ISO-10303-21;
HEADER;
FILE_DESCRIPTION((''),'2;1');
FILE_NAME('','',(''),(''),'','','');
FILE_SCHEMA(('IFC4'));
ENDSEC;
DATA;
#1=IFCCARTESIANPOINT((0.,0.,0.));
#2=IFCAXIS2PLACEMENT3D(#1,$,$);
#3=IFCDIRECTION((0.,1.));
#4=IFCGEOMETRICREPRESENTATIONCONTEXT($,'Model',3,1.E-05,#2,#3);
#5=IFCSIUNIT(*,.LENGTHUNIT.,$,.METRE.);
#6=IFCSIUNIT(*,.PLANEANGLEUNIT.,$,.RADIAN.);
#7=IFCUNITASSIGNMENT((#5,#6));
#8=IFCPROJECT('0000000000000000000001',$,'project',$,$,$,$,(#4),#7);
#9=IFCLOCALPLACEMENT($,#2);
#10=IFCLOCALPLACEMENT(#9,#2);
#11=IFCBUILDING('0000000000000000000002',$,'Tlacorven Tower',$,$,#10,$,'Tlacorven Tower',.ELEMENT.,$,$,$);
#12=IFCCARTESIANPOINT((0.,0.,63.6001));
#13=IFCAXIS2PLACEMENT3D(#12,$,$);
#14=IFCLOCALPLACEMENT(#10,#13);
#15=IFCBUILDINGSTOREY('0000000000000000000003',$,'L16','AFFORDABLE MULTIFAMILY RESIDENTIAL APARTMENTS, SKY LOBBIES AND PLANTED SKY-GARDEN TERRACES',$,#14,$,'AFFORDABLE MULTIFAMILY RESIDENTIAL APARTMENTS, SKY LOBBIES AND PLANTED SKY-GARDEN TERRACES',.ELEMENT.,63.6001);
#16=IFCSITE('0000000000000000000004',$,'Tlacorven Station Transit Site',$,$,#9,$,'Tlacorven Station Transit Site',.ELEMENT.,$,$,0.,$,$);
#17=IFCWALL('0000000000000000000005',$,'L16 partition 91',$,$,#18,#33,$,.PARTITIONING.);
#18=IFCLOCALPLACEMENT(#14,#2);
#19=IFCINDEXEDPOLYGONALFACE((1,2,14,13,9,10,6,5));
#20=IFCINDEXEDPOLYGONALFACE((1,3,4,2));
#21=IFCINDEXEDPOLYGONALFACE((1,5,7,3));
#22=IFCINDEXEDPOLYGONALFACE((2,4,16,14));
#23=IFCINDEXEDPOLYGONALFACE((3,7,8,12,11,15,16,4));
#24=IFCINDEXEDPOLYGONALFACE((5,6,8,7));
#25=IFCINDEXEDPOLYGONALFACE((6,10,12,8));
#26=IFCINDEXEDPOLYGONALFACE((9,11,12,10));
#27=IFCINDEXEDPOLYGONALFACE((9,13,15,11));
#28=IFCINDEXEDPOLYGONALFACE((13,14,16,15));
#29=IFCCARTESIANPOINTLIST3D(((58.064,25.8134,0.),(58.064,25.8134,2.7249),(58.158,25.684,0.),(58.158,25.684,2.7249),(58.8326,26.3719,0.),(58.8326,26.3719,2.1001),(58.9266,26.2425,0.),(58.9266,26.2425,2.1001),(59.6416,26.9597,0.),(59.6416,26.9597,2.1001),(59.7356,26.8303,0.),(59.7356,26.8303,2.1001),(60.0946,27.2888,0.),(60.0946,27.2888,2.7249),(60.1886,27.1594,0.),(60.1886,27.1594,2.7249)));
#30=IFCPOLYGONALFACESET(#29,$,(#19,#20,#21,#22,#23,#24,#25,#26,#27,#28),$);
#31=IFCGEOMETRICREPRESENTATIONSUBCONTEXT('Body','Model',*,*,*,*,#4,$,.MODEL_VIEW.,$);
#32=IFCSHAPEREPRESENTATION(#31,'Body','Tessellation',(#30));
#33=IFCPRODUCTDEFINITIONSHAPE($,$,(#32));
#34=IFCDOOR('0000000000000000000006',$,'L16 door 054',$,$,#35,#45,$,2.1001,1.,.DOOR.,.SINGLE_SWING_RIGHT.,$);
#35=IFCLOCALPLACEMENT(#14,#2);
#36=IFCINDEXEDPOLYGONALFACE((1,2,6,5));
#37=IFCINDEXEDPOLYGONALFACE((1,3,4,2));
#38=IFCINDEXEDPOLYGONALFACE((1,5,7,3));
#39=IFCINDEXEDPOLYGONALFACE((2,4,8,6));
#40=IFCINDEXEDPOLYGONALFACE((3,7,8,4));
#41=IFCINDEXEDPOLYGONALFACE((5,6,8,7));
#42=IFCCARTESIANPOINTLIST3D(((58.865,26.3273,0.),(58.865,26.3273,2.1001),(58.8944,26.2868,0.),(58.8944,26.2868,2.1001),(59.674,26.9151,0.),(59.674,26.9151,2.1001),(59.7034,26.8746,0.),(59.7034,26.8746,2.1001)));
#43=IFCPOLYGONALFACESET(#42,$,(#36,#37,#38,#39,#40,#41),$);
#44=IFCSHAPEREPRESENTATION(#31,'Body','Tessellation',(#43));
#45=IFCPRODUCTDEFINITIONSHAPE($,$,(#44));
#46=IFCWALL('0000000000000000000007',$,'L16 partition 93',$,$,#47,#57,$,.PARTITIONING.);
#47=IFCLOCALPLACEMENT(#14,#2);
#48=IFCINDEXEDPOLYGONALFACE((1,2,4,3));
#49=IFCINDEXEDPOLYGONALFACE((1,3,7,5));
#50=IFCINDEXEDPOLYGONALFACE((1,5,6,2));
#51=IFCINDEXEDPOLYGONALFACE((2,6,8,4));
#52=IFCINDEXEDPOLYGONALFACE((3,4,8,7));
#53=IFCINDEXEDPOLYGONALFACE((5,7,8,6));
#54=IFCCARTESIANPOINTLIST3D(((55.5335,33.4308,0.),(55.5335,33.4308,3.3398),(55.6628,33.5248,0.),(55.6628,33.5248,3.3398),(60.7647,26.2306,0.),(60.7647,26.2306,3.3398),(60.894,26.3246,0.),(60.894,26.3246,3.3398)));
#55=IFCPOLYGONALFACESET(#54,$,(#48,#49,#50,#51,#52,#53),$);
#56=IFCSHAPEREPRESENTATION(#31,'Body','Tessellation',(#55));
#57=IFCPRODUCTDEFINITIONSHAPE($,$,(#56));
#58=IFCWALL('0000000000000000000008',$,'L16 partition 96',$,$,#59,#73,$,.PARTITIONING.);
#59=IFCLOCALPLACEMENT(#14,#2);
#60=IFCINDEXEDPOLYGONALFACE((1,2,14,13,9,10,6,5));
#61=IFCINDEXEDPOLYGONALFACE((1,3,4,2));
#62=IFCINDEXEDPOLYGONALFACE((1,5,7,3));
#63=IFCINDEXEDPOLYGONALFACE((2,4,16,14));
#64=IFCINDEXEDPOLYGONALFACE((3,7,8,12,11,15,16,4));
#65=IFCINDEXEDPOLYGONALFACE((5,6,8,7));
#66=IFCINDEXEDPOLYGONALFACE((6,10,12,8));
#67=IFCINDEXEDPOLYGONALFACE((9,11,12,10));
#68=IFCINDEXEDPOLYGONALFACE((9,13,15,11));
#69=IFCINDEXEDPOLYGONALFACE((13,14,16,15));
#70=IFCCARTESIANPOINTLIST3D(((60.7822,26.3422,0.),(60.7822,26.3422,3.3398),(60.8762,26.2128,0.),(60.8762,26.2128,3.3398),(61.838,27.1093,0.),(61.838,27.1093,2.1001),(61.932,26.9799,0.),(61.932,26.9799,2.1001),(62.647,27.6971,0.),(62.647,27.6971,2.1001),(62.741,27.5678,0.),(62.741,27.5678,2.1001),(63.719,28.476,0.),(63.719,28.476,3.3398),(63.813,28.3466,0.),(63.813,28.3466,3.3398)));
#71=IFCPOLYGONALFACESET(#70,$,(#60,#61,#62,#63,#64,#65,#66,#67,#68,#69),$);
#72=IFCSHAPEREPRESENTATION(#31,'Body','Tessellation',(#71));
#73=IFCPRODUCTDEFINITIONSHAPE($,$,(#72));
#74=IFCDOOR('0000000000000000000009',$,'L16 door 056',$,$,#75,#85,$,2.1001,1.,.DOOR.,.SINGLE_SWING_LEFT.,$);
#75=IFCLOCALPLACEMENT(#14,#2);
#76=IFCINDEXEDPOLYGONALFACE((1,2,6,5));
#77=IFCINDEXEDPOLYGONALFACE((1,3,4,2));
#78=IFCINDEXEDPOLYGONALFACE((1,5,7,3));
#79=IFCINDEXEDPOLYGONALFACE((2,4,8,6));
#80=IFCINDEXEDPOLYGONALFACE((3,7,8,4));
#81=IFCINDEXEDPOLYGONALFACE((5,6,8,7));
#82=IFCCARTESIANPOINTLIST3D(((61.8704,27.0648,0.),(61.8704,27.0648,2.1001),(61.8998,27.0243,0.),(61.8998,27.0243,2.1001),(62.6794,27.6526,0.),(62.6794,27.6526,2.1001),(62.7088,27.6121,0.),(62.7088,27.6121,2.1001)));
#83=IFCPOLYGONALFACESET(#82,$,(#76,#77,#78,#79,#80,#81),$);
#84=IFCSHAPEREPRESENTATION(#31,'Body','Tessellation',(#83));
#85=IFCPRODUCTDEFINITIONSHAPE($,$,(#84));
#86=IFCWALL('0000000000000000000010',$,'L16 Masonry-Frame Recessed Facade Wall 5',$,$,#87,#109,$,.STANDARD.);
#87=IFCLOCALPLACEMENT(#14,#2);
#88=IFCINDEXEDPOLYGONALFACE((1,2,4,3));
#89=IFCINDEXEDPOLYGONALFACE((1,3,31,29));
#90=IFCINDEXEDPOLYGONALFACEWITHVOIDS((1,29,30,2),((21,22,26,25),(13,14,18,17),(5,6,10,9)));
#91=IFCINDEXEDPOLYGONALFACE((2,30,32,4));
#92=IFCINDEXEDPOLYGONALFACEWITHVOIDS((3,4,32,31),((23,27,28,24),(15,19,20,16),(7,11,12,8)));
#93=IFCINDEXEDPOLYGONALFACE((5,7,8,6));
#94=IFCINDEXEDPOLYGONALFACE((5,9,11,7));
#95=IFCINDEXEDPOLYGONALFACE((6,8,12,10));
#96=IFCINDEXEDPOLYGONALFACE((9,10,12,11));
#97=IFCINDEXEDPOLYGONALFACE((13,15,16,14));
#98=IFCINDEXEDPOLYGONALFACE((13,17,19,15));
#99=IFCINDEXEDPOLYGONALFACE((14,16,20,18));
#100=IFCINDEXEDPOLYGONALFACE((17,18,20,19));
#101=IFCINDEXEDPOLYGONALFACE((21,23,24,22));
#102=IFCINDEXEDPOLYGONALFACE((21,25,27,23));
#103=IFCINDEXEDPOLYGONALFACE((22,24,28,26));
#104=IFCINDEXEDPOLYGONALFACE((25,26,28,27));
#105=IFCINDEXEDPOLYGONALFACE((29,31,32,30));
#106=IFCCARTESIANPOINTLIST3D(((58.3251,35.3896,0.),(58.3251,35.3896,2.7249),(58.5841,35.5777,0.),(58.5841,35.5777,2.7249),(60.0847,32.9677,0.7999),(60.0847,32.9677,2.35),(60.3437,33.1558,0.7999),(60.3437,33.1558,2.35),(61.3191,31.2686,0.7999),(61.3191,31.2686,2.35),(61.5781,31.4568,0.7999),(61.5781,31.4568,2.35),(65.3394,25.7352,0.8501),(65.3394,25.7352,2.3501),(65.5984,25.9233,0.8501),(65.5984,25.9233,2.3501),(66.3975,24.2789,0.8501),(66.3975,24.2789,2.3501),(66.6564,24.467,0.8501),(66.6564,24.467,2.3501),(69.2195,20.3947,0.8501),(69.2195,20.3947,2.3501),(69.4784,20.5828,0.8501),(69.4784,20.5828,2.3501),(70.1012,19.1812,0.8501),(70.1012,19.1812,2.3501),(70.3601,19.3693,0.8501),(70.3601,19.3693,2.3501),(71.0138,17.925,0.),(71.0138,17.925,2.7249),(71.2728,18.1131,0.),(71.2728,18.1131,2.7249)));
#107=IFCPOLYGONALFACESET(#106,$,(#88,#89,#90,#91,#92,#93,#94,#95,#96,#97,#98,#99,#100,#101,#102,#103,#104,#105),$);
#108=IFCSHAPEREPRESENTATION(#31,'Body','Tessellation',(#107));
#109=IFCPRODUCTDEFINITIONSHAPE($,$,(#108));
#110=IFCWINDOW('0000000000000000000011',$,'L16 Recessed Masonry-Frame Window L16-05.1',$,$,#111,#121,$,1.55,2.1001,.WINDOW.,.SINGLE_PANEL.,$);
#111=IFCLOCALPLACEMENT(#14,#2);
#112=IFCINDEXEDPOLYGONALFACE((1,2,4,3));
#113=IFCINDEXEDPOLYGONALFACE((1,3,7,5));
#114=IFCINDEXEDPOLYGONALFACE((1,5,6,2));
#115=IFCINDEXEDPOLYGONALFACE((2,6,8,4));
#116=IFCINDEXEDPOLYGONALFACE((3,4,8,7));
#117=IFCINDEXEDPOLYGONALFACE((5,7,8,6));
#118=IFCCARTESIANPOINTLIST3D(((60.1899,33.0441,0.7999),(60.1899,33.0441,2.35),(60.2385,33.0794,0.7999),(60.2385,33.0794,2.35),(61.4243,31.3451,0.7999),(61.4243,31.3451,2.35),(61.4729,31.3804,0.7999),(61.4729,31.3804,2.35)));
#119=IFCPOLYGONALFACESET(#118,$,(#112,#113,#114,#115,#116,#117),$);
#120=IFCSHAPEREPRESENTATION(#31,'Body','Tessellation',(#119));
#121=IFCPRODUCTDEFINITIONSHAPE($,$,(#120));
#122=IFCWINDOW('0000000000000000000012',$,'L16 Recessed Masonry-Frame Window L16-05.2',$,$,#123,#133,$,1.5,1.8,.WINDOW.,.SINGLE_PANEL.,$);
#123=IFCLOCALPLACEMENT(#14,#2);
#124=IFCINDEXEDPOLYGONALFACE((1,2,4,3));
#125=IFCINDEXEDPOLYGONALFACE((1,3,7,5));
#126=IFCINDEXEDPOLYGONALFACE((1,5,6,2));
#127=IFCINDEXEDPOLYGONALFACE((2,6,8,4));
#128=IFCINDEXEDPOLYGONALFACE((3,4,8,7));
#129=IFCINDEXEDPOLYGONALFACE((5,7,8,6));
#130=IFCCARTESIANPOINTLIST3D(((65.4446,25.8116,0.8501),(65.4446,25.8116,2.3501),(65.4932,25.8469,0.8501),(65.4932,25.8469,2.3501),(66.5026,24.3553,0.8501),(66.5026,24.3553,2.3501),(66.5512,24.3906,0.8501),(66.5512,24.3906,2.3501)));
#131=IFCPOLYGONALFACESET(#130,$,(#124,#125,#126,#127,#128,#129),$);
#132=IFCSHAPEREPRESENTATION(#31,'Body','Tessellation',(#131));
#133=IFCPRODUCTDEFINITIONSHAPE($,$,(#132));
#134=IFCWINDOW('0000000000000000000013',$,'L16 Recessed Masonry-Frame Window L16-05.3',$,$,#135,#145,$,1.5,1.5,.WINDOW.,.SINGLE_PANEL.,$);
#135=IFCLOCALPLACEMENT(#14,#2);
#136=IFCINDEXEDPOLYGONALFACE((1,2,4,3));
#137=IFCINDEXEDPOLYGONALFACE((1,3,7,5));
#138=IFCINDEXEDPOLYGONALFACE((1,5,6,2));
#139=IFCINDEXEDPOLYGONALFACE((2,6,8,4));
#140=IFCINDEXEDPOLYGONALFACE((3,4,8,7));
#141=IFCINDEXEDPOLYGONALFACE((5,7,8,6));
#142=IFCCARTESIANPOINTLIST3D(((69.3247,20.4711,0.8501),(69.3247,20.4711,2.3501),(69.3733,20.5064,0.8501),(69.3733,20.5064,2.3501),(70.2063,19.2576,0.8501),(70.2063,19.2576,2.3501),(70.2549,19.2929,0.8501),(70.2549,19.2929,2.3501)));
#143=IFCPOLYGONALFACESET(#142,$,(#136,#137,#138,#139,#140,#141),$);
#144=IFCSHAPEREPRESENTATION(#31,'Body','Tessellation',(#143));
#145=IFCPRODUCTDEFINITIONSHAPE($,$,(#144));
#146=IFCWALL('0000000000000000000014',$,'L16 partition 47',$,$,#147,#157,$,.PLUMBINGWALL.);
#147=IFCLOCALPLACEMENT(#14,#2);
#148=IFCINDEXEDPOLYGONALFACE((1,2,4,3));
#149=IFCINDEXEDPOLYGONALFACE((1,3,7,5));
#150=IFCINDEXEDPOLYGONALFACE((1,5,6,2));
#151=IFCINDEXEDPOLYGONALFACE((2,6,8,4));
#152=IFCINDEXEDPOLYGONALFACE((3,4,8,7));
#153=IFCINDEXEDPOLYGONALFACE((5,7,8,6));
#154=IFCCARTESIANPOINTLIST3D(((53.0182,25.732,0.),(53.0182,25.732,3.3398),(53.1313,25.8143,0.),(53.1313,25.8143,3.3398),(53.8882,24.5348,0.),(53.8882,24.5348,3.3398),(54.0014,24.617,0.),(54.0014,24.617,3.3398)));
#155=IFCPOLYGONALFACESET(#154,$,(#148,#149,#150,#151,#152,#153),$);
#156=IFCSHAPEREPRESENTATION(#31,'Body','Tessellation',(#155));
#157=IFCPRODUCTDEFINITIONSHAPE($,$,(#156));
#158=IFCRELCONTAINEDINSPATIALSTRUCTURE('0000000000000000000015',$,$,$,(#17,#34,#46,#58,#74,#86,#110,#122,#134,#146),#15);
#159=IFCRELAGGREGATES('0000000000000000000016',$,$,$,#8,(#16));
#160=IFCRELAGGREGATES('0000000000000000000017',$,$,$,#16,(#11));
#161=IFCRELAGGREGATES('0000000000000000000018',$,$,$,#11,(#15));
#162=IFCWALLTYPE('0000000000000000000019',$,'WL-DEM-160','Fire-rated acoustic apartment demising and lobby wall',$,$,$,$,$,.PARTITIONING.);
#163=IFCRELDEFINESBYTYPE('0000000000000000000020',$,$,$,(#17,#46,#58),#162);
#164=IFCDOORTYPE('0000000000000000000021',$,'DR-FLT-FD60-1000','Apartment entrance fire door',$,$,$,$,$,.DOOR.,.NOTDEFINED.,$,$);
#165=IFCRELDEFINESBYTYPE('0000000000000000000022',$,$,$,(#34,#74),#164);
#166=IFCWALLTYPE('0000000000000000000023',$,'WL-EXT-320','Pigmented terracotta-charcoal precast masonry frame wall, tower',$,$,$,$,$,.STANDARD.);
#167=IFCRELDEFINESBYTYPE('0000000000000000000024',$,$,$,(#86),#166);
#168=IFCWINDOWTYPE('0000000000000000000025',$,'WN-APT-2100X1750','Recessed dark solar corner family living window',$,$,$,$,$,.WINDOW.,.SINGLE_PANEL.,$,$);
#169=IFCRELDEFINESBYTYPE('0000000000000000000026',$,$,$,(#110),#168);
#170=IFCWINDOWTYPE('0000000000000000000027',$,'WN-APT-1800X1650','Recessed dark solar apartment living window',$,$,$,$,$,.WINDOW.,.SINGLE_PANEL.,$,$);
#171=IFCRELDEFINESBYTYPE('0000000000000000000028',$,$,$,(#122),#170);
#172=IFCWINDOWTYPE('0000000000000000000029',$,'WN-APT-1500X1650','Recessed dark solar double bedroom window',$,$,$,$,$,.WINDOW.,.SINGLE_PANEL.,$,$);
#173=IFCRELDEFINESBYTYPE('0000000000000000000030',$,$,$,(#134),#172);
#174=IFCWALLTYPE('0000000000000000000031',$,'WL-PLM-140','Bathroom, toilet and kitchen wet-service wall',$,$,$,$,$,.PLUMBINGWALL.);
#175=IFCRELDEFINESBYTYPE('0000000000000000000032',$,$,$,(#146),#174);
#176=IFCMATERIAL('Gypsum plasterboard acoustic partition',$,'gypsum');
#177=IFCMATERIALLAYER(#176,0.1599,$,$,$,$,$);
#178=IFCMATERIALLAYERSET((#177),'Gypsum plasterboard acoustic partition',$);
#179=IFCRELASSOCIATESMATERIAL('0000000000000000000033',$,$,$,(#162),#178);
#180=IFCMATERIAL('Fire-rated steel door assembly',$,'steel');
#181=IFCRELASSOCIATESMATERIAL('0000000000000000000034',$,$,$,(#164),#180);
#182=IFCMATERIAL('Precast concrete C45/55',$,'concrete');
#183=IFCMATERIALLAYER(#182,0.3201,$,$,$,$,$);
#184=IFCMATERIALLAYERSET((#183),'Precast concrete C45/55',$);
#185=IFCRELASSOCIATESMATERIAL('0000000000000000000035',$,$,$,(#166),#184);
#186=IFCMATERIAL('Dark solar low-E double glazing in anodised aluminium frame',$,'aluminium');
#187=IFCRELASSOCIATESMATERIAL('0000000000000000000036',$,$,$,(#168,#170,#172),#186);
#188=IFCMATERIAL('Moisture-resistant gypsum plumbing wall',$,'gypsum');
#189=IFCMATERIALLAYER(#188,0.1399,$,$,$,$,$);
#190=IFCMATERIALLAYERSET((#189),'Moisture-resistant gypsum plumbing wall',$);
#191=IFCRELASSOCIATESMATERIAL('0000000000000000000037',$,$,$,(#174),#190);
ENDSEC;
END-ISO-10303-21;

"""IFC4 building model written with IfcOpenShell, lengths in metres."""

from ifc_helpers import new_model, si_unit, direction, frame, frame_2d, origin, place, context, subcontext, project, spatial, rectangle, extrude, source, transform, mapped, material, layer, layer_set, type_object, element, fill, save


model = new_model("IFC4")

# Units and contexts
model_context = context("Model", 3, precision=1e-05, world=origin(), true_north=direction((0.0, 1.0)))
body_context = subcontext(model_context, "Body", "Model", "MODEL_VIEW")
ifc_project = project(units=[si_unit("LENGTHUNIT", "METRE"), si_unit("PLANEANGLEUNIT", "RADIAN")], contexts=[model_context])

# Site, building, storey
site_placement = place(None, origin())
site = spatial("IfcSite", under=ifc_project, at=site_placement, Name="Tlacorven Station Transit Site", LongName="Tlacorven Station Transit Site", CompositionType="ELEMENT", RefElevation=0.0)
building_placement = place(site_placement, origin())
building = spatial("IfcBuilding", under=site, at=building_placement, Name="Tlacorven Tower", LongName="Tlacorven Tower", CompositionType="ELEMENT")
storey_placement = place(building_placement, frame((0.0, 0.0, 63.6001)))
storey = spatial("IfcBuildingStorey", under=building, at=storey_placement, Name="L16", Description="AFFORDABLE MULTIFAMILY RESIDENTIAL APARTMENTS, SKY LOBBIES AND PLANTED SKY-GARDEN TERRACES", LongName="AFFORDABLE MULTIFAMILY RESIDENTIAL APARTMENTS, SKY LOBBIES AND PLANTED SKY-GARDEN TERRACES", CompositionType="ELEMENT", Elevation=63.6001)

# Wall, opening, door
ifc_material_1 = material(Name="Gypsum plasterboard acoustic partition", Category="gypsum")
ifc_layer_1 = layer(ifc_material_1, 0.1599)
ifc_layer_set_1 = layer_set([ifc_layer_1], Name="Gypsum plasterboard acoustic partition")
wall_type_1 = type_object("IfcWallType", Name="WL-DEM-160", Description="Fire-rated acoustic apartment demising and lobby wall", PredefinedType="PARTITIONING", material=ifc_layer_set_1)
wall_1_placement = place(storey_placement, frame((58.1111, 25.7488, 0.0), z_axis=(0.0, 0.0, 1.0), x_axis=(0.809001, 0.587807, 0.0)))
wall_1 = element("IfcWall", 1, at=wall_1_placement, inside=storey, type_object=wall_type_1, Name="L16 partition 91", PredefinedType="PARTITIONING", context=body_context, shape_type="SweptSolid", body=[
    extrude(rectangle(XDim=2.51, YDim=0.1599, at=frame_2d((1.2549, 0.0))), origin(), (0.0, 0.0, 1.0), 2.7249),
])
opening_1_placement = place(wall_1_placement, frame((0.95, 0.0, 0.0)))
opening_1 = element("IfcOpeningElement", 2, at=opening_1_placement, cuts=wall_1, PredefinedType="OPENING", context=body_context, shape_type="SweptSolid", body=[
    extrude(rectangle(XDim=1.0, YDim=2.1001, at=frame_2d((0.5, 1.05))), frame((0.0, 0.0898, 0.0), z_axis=(0.0, -1.0, 0.0), x_axis=(1.0, 0.0, 0.0)), (0.0, 0.0, 1.0), 0.1799),
])
ifc_material_2 = material(Name="Fire-rated steel door assembly", Category="steel")
door_type = type_object("IfcDoorType", Name="DR-FLT-FD60-1000", Description="Apartment entrance fire door", OperationType="NOTDEFINED", PredefinedType="DOOR", material=ifc_material_2)
shared_shape_1 = source(origin(), body_context, "Body", "SweptSolid", [
    extrude(rectangle(XDim=1.0, YDim=2.1001, at=frame_2d((0.5, 1.05))), frame((0.0, 0.0249, 0.0), z_axis=(0.0, -1.0, 0.0), x_axis=(1.0, 0.0, 0.0)), (0.0, 0.0, 1.0), 0.05),
])
door_1_placement = place(opening_1_placement, origin())
door_1 = element("IfcDoor", 3, at=door_1_placement, inside=storey, type_object=door_type, Name="L16 door 054", OperationType="SINGLE_SWING_RIGHT", OverallHeight=2.1001, OverallWidth=1.0, PredefinedType="DOOR", context=body_context, shape_type="MappedRepresentation", body=[
    mapped(shared_shape_1, transform((0.0, 0.0, 0.0), scale=1.0)),
])
fill(opening_1, door_1)

# Wall
wall_2_placement = place(storey_placement, frame((60.8293, 26.2776, 0.0), z_axis=(0.0, 0.0, 1.0), x_axis=(-0.587782, 0.80902, 0.0)))
element("IfcWall", 4, at=wall_2_placement, inside=storey, type_object=wall_type_1, Name="L16 partition 93", PredefinedType="PARTITIONING", context=body_context, shape_type="SweptSolid", body=[
    extrude(rectangle(XDim=8.8999, YDim=0.1599, at=frame_2d((4.45, 0.0))), origin(), (0.0, 0.0, 1.0), 3.3398),
])

# Wall, opening, door
wall_3_placement = place(storey_placement, frame((60.8293, 26.2776, 0.0), z_axis=(0.0, 0.0, 1.0), x_axis=(0.809004, 0.587804, 0.0)))
wall_3 = element("IfcWall", 5, at=wall_3_placement, inside=storey, type_object=wall_type_1, Name="L16 partition 96", PredefinedType="PARTITIONING", context=body_context, shape_type="SweptSolid", body=[
    extrude(rectangle(XDim=3.6301, YDim=0.1599, at=frame_2d((1.8149, 0.0))), origin(), (0.0, 0.0, 1.0), 3.3398),
])
opening_2_placement = place(wall_3_placement, frame((1.3049, 0.0, 0.0)))
opening_2 = element("IfcOpeningElement", 6, at=opening_2_placement, cuts=wall_3, PredefinedType="OPENING", context=body_context, shape_type="SweptSolid", body=[
    extrude(rectangle(XDim=1.0, YDim=2.1001, at=frame_2d((0.5, 1.05))), frame((0.0, 0.0898, 0.0), z_axis=(0.0, -1.0, 0.0), x_axis=(1.0, 0.0, 0.0)), (0.0, 0.0, 1.0), 0.1799),
])
door_2_placement = place(opening_2_placement, origin())
door_2 = element("IfcDoor", 7, at=door_2_placement, inside=storey, type_object=door_type, Name="L16 door 056", OperationType="SINGLE_SWING_LEFT", OverallHeight=2.1001, OverallWidth=1.0, PredefinedType="DOOR", context=body_context, shape_type="MappedRepresentation", body=[
    mapped(shared_shape_1, transform((0.0, 0.0, 0.0), scale=1.0)),
])
fill(opening_2, door_2)

# Wall, openings, windows
ifc_material_3 = material(Name="Precast concrete C45/55", Category="concrete")
ifc_layer_2 = layer(ifc_material_3, 0.3201)
ifc_layer_set_2 = layer_set([ifc_layer_2], Name="Precast concrete C45/55")
wall_type_2 = type_object("IfcWallType", Name="WL-EXT-320", Description="Pigmented terracotta-charcoal precast masonry frame wall, tower", PredefinedType="STANDARD", material=ifc_layer_set_2)
wall_4_placement = place(storey_placement, frame((58.4546, 35.4836, 0.0), z_axis=(0.0, 0.0, 1.0), x_axis=(0.587784, -0.809018, 0.0)))
wall_4 = element("IfcWall", 8, at=wall_4_placement, inside=storey, type_object=wall_type_2, Name="L16 Masonry-Frame Recessed Facade Wall 5", PredefinedType="STANDARD", context=body_context, shape_type="SweptSolid", body=[
    extrude(rectangle(XDim=21.5874, YDim=0.3201, at=frame_2d((10.7937, 0.0))), origin(), (0.0, 0.0, 1.0), 2.7249),
])
opening_3_placement = place(wall_4_placement, frame((2.9937, 0.0, 0.8)))
opening_3 = element("IfcOpeningElement", 9, at=opening_3_placement, cuts=wall_4, PredefinedType="OPENING", context=body_context, shape_type="SweptSolid", body=[
    extrude(rectangle(XDim=2.1001, YDim=1.55, at=frame_2d((1.05, 0.7749))), frame((0.0, 0.1699, 0.0), z_axis=(0.0, -1.0, 0.0), x_axis=(1.0, 0.0, 0.0)), (0.0, 0.0, 1.0), 0.3401),
])
opening_4_placement = place(wall_4_placement, frame((11.9336, 0.0, 0.8501)))
opening_4 = element("IfcOpeningElement", 10, at=opening_4_placement, cuts=wall_4, PredefinedType="OPENING", context=body_context, shape_type="SweptSolid", body=[
    extrude(rectangle(XDim=1.8, YDim=1.5, at=frame_2d((0.8999, 0.75))), frame((0.0, 0.1699, 0.0), z_axis=(0.0, -1.0, 0.0), x_axis=(1.0, 0.0, 0.0)), (0.0, 0.0, 1.0), 0.3401),
])
opening_5_placement = place(wall_4_placement, frame((18.5347, 0.0, 0.8501)))
opening_5 = element("IfcOpeningElement", 11, at=opening_5_placement, cuts=wall_4, PredefinedType="OPENING", context=body_context, shape_type="SweptSolid", body=[
    extrude(rectangle(XDim=1.5, YDim=1.5, at=frame_2d((0.75, 0.75))), frame((0.0, 0.1699, 0.0), z_axis=(0.0, -1.0, 0.0), x_axis=(1.0, 0.0, 0.0)), (0.0, 0.0, 1.0), 0.3401),
])
ifc_material_4 = material(Name="Dark solar low-E double glazing in anodised aluminium frame", Category="aluminium")
window_type_1 = type_object("IfcWindowType", Name="WN-APT-2100X1750", Description="Recessed dark solar corner family living window", PartitioningType="SINGLE_PANEL", PredefinedType="WINDOW", material=ifc_material_4)
shared_shape_2 = source(origin(), body_context, "Body", "SweptSolid", [
    extrude(rectangle(XDim=2.1001, YDim=1.55, at=frame_2d((1.05, 0.7749))), frame((0.0, 0.03, 0.0), z_axis=(0.0, -1.0, 0.0), x_axis=(1.0, 0.0, 0.0)), (0.0, 0.0, 1.0), 0.0601),
])
window_1_placement = place(opening_3_placement, origin())
window_1 = element("IfcWindow", 12, at=window_1_placement, inside=storey, type_object=window_type_1, Name="L16 Recessed Masonry-Frame Window L16-05.1", OverallHeight=1.55, OverallWidth=2.1001, PartitioningType="SINGLE_PANEL", PredefinedType="WINDOW", context=body_context, shape_type="MappedRepresentation", body=[
    mapped(shared_shape_2, transform((0.0, 0.0, 0.0), scale=1.0)),
])
fill(opening_3, window_1)
window_type_2 = type_object("IfcWindowType", Name="WN-APT-1800X1650", Description="Recessed dark solar apartment living window", PartitioningType="SINGLE_PANEL", PredefinedType="WINDOW", material=ifc_material_4)
shared_shape_3 = source(origin(), body_context, "Body", "SweptSolid", [
    extrude(rectangle(XDim=1.8, YDim=1.5, at=frame_2d((0.8999, 0.75))), frame((0.0, 0.03, 0.0), z_axis=(0.0, -1.0, 0.0), x_axis=(1.0, 0.0, 0.0)), (0.0, 0.0, 1.0), 0.0601),
])
window_2_placement = place(opening_4_placement, origin())
window_2 = element("IfcWindow", 13, at=window_2_placement, inside=storey, type_object=window_type_2, Name="L16 Recessed Masonry-Frame Window L16-05.2", OverallHeight=1.5, OverallWidth=1.8, PartitioningType="SINGLE_PANEL", PredefinedType="WINDOW", context=body_context, shape_type="MappedRepresentation", body=[
    mapped(shared_shape_3, transform((0.0, 0.0, 0.0), scale=1.0)),
])
fill(opening_4, window_2)
window_type_3 = type_object("IfcWindowType", Name="WN-APT-1500X1650", Description="Recessed dark solar double bedroom window", PartitioningType="SINGLE_PANEL", PredefinedType="WINDOW", material=ifc_material_4)
shared_shape_4 = source(origin(), body_context, "Body", "SweptSolid", [
    extrude(rectangle(XDim=1.5, YDim=1.5, at=frame_2d((0.75, 0.75))), frame((0.0, 0.03, 0.0), z_axis=(0.0, -1.0, 0.0), x_axis=(1.0, 0.0, 0.0)), (0.0, 0.0, 1.0), 0.0601),
])
window_3_placement = place(opening_5_placement, origin())
window_3 = element("IfcWindow", 14, at=window_3_placement, inside=storey, type_object=window_type_3, Name="L16 Recessed Masonry-Frame Window L16-05.3", OverallHeight=1.5, OverallWidth=1.5, PartitioningType="SINGLE_PANEL", PredefinedType="WINDOW", context=body_context, shape_type="MappedRepresentation", body=[
    mapped(shared_shape_4, transform((0.0, 0.0, 0.0), scale=1.0)),
])
fill(opening_5, window_3)

# Wall
ifc_material_5 = material(Name="Moisture-resistant gypsum plumbing wall", Category="gypsum")
ifc_layer_3 = layer(ifc_material_5, 0.1399)
ifc_layer_set_3 = layer_set([ifc_layer_3], Name="Moisture-resistant gypsum plumbing wall")
wall_type_3 = type_object("IfcWallType", Name="WL-PLM-140", Description="Bathroom, toilet and kitchen wet-service wall", PredefinedType="PLUMBINGWALL", material=ifc_layer_set_3)
wall_5_placement = place(storey_placement, frame((53.9448, 24.5759, 0.0), z_axis=(0.0, 0.0, 1.0), x_axis=(-0.587897, 0.808936, 0.0)))
element("IfcWall", 15, at=wall_5_placement, inside=storey, type_object=wall_type_3, Name="L16 partition 47", PredefinedType="PLUMBINGWALL", context=body_context, shape_type="SweptSolid", body=[
    extrude(rectangle(XDim=1.48, YDim=0.1399, at=frame_2d((0.74, 0.0))), origin(), (0.0, 0.0, 1.0), 3.3398),
])

save(model, "model.ifc")
